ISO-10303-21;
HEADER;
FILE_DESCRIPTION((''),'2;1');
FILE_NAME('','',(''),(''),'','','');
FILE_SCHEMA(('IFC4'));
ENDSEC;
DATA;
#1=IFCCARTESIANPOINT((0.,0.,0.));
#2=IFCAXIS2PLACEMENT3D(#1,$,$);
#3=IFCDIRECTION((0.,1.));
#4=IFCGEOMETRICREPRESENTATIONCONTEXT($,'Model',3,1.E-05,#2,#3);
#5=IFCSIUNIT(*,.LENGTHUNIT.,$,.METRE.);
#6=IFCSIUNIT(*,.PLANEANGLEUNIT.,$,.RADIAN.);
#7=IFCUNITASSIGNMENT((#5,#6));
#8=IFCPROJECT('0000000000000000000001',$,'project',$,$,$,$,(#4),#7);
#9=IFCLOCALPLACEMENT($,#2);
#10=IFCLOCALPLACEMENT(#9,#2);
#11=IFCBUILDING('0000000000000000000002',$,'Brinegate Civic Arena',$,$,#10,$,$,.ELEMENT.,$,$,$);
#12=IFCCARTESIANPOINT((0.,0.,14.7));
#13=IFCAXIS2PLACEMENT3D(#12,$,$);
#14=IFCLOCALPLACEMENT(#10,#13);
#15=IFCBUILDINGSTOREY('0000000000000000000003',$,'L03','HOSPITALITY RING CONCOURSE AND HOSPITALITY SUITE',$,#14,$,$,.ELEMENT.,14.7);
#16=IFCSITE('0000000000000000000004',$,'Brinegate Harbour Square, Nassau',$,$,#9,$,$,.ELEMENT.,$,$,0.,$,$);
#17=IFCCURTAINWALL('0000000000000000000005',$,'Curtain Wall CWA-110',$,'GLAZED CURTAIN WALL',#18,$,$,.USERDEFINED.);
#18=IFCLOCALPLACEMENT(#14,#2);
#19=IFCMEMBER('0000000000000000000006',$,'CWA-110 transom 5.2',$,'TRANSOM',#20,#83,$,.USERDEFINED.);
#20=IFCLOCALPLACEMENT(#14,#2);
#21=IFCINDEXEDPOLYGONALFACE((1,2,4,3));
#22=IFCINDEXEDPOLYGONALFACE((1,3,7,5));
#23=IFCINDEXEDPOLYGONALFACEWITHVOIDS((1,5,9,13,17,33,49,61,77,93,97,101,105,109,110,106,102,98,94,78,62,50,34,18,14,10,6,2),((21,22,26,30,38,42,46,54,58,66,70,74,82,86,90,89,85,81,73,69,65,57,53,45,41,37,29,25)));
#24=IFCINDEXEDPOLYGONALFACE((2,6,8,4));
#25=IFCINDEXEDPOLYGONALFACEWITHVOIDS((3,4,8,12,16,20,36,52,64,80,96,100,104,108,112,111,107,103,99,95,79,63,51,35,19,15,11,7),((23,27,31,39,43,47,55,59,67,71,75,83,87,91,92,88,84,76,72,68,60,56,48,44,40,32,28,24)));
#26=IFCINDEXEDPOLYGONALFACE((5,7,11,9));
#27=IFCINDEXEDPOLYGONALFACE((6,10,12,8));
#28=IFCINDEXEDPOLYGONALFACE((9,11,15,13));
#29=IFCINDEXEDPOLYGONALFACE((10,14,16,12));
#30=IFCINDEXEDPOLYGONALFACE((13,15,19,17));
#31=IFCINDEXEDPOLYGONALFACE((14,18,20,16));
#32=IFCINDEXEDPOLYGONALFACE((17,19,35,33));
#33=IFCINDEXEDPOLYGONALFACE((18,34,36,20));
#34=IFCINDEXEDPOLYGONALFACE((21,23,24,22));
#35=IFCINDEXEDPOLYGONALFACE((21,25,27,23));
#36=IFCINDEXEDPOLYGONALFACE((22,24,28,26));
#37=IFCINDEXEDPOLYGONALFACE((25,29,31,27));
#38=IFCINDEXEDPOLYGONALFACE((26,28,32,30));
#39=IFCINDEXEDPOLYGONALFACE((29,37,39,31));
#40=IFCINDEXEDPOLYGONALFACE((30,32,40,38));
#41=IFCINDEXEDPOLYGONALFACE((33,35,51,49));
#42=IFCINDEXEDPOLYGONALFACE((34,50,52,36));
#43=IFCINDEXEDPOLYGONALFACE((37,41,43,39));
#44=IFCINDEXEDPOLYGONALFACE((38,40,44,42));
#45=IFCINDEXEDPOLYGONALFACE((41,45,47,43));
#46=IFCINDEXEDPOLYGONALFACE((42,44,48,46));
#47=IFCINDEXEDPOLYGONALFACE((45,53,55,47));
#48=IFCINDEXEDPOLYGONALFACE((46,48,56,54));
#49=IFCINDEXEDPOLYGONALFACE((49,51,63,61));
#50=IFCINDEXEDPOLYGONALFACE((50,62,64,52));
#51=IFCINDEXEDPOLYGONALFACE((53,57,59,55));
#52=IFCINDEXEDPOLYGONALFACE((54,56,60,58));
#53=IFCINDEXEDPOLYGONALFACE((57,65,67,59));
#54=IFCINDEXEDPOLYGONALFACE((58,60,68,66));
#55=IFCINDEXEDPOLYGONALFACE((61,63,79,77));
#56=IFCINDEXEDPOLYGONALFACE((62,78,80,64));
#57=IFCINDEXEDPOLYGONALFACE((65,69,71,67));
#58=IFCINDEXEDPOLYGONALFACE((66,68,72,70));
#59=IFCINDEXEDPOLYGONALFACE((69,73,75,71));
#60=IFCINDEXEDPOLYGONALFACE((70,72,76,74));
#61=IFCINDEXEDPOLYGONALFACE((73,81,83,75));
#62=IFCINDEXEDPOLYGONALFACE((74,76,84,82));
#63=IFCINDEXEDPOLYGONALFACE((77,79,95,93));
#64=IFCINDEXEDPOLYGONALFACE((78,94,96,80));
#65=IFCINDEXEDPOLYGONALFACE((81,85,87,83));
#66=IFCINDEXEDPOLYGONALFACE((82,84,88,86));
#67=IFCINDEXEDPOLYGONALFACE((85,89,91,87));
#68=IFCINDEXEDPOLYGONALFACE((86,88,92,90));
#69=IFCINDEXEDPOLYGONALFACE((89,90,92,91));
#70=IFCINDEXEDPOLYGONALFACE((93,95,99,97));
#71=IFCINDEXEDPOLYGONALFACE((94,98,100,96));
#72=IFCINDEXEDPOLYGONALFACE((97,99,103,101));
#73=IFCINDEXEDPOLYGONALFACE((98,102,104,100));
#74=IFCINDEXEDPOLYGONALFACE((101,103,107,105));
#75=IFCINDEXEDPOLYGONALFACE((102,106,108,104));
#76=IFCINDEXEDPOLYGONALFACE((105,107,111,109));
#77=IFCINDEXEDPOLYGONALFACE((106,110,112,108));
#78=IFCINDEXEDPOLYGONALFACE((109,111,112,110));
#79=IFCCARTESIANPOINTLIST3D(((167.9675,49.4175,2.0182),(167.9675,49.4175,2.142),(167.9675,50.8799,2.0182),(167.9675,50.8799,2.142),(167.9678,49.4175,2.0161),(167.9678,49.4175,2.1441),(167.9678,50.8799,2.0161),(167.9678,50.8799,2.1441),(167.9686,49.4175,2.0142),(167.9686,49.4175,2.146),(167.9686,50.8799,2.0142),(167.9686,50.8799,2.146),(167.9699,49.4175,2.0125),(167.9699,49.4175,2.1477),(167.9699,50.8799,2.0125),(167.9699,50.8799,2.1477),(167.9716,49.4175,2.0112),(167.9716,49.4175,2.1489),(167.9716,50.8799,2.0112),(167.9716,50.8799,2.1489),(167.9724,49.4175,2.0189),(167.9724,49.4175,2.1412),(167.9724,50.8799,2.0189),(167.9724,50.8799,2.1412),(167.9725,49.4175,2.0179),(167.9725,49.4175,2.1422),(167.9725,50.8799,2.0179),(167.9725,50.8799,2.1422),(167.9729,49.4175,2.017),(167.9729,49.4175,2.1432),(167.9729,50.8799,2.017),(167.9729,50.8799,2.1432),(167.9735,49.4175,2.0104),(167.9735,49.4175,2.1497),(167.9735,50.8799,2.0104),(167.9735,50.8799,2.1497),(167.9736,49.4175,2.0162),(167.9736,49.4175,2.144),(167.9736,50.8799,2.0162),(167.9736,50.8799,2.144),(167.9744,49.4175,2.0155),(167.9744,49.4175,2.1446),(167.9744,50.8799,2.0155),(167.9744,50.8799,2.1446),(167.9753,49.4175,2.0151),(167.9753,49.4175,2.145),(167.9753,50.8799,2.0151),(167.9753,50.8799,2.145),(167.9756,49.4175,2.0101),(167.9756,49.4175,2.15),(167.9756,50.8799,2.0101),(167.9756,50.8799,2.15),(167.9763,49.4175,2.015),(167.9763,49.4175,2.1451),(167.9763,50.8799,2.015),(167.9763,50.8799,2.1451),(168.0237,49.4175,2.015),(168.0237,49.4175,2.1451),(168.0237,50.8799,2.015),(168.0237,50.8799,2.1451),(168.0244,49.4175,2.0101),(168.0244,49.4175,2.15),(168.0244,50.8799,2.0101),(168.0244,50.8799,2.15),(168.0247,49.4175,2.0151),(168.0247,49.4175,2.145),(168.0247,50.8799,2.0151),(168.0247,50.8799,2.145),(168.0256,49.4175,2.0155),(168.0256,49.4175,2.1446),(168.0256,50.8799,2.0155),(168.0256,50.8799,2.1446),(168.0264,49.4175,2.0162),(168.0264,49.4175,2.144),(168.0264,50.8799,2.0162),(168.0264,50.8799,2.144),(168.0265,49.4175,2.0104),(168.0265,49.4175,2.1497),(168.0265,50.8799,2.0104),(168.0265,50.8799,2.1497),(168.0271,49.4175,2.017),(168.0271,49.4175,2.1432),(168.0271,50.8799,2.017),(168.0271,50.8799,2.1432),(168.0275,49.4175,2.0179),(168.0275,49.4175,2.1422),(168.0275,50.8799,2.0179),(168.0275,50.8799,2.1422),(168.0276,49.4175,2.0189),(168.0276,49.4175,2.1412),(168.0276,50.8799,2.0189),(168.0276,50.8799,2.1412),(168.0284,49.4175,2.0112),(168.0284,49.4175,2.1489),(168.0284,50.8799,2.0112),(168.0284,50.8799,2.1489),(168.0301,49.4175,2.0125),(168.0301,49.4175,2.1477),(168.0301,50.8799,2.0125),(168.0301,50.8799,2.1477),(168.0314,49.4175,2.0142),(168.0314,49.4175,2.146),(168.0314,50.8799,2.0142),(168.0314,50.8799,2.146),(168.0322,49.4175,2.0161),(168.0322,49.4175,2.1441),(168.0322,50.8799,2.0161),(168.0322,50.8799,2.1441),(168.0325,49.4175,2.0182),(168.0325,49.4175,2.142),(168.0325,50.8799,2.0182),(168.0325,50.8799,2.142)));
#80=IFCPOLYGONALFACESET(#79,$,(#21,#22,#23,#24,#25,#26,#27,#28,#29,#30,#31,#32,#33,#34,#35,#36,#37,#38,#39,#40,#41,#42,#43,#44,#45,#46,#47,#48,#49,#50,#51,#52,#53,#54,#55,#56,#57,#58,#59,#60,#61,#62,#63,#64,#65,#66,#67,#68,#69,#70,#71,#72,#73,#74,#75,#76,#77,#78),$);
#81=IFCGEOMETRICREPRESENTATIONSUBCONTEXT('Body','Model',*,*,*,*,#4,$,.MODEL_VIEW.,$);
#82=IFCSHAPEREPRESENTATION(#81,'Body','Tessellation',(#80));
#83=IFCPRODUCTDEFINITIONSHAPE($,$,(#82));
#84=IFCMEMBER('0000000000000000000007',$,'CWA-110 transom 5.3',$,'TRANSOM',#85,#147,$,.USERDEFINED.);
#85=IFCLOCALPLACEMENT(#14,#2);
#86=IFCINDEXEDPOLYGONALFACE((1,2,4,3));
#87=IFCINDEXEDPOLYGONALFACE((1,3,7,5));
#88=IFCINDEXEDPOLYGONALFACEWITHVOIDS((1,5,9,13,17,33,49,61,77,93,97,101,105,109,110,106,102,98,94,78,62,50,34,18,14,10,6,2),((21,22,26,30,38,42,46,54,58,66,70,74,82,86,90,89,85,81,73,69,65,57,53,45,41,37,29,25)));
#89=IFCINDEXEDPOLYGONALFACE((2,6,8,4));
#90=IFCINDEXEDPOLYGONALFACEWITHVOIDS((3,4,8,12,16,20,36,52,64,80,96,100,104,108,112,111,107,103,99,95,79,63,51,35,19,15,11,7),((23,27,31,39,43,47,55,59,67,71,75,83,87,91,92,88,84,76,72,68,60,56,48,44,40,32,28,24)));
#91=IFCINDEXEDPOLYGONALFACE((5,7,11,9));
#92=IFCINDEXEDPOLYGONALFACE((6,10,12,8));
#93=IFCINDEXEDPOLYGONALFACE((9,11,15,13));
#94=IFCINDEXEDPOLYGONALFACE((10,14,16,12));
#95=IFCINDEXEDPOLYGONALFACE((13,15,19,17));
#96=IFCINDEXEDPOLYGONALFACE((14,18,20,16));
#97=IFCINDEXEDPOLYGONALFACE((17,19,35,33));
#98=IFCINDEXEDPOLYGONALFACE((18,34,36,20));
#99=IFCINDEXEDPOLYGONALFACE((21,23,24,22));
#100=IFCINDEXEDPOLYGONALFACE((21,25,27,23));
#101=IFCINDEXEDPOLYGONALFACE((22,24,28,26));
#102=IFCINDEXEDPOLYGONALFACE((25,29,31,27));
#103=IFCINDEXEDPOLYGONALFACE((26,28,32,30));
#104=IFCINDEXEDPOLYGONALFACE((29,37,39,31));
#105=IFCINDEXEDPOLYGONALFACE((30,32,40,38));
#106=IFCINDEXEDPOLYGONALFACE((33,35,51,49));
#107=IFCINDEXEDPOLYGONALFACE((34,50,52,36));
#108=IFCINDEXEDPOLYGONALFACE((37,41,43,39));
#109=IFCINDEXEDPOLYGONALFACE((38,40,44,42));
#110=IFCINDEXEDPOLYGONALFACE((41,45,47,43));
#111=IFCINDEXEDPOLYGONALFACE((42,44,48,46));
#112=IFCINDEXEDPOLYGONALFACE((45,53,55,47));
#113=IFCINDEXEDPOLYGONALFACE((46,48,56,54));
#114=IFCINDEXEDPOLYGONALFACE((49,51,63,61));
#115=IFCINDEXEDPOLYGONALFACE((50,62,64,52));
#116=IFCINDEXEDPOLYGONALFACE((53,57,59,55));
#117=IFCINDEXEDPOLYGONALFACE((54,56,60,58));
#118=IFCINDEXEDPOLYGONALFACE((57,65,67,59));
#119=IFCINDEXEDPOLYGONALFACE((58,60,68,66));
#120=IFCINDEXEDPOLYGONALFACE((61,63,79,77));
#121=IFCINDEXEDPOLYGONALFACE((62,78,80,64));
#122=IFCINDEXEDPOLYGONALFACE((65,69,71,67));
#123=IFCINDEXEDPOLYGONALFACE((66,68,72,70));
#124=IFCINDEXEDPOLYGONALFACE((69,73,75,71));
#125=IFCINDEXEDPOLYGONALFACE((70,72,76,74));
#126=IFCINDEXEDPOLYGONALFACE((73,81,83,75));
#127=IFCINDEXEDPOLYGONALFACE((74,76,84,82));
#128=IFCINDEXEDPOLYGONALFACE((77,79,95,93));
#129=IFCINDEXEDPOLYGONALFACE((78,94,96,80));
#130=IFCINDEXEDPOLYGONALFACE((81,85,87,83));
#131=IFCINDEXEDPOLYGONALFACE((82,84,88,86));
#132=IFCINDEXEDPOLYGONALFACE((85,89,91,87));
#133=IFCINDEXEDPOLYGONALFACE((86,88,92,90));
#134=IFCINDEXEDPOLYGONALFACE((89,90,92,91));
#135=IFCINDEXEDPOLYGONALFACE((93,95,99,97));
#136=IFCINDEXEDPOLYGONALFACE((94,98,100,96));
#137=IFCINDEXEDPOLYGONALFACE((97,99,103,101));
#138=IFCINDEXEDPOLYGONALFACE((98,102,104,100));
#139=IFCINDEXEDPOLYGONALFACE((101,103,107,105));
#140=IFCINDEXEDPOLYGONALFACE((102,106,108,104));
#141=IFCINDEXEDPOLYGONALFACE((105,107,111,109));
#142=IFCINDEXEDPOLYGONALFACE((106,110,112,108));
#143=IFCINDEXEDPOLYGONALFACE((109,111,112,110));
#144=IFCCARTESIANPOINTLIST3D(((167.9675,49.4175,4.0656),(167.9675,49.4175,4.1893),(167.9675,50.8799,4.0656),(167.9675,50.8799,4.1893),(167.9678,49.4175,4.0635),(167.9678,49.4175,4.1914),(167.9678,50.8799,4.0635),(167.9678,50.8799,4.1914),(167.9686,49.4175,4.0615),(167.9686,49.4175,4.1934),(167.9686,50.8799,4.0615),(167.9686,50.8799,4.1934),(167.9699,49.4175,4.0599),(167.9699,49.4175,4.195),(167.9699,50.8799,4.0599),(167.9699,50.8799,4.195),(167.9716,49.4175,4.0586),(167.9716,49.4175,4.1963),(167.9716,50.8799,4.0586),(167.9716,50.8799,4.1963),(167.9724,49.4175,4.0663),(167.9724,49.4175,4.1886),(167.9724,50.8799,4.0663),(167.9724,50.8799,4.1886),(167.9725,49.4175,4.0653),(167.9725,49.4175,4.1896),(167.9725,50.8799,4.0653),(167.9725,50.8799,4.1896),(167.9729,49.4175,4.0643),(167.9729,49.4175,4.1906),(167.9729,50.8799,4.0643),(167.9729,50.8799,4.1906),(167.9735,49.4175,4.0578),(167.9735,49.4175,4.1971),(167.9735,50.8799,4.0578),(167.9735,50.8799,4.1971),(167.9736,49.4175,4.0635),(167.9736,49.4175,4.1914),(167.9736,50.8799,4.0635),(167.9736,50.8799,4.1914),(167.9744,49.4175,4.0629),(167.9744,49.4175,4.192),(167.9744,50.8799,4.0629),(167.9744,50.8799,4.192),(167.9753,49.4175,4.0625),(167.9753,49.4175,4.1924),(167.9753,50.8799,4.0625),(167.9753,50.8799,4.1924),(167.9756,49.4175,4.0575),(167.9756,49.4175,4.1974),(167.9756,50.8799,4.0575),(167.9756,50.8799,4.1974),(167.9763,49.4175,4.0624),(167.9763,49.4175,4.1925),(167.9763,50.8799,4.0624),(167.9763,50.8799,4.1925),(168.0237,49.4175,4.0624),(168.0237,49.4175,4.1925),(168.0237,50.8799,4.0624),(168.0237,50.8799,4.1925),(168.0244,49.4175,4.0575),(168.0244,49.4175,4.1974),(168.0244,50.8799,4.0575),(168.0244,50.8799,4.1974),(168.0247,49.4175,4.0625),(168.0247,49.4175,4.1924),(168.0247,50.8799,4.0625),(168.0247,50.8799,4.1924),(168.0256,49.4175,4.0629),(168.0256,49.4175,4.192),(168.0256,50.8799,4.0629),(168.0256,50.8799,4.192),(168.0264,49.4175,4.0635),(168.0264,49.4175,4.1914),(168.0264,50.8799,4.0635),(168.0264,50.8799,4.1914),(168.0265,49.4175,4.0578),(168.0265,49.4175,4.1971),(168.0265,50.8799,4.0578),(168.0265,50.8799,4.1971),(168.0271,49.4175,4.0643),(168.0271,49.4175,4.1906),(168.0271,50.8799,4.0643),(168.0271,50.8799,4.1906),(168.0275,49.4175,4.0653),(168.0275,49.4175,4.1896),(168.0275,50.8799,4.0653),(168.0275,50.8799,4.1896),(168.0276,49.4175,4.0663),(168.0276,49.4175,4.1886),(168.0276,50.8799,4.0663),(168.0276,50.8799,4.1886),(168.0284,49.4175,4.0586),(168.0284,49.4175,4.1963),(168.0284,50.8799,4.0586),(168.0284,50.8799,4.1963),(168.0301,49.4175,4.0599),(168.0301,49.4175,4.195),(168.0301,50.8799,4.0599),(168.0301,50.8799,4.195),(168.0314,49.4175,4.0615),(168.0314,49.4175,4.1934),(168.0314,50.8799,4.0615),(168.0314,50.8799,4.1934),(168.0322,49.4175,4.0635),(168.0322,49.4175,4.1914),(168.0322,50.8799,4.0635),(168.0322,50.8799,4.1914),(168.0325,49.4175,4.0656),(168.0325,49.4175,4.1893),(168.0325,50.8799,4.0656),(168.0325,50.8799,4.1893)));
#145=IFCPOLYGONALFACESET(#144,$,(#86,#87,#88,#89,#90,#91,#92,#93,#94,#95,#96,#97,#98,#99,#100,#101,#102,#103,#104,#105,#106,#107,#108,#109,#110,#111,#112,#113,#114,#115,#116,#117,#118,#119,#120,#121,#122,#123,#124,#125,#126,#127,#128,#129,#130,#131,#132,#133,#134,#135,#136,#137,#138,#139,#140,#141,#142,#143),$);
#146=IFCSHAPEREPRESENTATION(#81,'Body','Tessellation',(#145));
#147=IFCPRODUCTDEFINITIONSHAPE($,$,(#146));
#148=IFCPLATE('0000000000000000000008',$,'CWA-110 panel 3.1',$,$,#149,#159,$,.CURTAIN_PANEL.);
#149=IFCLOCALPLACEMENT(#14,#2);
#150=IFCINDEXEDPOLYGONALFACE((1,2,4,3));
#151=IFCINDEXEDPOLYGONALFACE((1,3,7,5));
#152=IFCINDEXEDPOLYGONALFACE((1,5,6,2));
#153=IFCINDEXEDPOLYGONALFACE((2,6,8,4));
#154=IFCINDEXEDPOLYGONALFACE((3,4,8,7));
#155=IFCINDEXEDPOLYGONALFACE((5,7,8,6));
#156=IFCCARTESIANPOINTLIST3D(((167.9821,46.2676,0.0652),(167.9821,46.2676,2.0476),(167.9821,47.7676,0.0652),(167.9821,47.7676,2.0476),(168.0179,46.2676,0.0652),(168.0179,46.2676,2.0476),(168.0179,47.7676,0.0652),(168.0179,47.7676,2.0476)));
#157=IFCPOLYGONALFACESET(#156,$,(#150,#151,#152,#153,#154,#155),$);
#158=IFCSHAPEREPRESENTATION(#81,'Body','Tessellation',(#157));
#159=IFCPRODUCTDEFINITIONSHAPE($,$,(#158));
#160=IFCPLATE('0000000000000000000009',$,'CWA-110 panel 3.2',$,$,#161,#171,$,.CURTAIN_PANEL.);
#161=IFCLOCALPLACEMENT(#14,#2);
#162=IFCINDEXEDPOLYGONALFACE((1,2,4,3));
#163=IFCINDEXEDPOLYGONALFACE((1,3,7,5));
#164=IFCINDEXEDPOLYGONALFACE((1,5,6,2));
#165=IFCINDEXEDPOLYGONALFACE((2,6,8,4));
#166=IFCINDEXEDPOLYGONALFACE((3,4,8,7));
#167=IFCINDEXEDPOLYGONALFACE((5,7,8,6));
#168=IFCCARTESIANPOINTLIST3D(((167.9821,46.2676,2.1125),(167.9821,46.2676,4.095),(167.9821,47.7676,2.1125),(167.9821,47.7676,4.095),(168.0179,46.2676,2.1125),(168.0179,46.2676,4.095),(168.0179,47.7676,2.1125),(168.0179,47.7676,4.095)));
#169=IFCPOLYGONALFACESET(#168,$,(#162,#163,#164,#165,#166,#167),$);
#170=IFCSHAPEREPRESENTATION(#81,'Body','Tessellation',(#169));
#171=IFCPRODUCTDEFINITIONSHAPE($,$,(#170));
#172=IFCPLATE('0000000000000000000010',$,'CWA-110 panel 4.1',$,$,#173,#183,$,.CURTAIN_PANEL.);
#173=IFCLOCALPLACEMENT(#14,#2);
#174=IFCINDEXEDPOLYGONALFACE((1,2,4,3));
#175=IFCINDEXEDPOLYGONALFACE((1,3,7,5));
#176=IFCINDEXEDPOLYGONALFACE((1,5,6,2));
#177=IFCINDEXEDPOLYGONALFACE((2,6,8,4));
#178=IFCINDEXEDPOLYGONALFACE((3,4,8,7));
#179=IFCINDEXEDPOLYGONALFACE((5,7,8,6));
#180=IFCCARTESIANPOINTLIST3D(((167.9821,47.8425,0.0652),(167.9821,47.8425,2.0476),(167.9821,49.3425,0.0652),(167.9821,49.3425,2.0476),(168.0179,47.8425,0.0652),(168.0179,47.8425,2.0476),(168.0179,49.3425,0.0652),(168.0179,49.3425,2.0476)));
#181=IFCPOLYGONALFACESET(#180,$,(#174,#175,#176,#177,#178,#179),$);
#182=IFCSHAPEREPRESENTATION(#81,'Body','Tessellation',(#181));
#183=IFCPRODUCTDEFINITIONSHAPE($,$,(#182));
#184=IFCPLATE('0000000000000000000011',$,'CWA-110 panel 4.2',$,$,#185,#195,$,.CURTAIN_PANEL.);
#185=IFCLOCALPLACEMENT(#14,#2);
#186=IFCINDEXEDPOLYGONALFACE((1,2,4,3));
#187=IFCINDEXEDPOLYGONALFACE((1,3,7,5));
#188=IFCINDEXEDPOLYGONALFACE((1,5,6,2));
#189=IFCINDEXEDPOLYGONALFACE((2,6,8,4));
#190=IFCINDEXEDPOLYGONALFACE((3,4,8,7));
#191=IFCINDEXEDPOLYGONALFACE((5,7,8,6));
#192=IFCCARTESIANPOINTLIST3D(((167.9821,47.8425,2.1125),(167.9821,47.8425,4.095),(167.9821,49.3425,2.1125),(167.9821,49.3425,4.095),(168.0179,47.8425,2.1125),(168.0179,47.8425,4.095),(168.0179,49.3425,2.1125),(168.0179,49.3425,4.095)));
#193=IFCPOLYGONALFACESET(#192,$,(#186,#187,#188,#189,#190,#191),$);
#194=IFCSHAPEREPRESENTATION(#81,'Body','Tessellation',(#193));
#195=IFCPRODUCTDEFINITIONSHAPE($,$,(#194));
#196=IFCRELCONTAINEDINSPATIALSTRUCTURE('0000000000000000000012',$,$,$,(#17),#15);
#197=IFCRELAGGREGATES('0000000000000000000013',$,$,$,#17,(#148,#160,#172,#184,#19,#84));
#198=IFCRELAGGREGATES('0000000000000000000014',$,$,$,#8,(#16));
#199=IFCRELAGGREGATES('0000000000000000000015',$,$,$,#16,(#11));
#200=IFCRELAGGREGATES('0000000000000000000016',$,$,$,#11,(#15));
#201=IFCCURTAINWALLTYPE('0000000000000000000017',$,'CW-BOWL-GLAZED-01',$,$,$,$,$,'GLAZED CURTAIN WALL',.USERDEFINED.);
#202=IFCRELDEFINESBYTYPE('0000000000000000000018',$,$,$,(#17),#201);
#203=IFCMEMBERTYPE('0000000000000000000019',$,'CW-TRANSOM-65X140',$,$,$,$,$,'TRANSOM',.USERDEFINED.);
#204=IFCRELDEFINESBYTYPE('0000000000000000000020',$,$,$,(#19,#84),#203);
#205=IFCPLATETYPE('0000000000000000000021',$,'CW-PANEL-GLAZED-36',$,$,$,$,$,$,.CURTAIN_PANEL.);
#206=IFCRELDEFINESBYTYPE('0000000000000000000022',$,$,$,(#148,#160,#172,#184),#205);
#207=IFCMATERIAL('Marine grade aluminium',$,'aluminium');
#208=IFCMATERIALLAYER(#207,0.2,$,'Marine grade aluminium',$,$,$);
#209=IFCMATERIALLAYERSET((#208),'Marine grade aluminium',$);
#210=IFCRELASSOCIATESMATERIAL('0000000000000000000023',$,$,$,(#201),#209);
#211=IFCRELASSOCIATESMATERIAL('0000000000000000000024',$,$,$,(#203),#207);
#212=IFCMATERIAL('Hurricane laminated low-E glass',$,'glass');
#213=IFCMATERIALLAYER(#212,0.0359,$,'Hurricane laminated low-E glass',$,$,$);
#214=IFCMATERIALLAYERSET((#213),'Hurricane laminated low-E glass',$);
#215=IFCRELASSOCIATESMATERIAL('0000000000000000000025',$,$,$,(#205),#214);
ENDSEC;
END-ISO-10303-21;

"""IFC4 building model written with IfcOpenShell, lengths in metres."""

from ifc_helpers import new_model, si_unit, direction, frame, origin, origin_2d, place, context, subcontext, project, spatial, rectangle, hollow_rectangle, extrude, material, layer, layer_set, material_profile, profile_set, type_object, element, aggregate, save


model = new_model("IFC4")

# Units and contexts
model_context = context("Model", 3, precision=1e-05, world=origin(), true_north=direction((0.0, 1.0)))
body_context = subcontext(model_context, "Body", "Model", "MODEL_VIEW")
ifc_project = project(units=[si_unit("LENGTHUNIT", "METRE"), si_unit("PLANEANGLEUNIT", "RADIAN")], contexts=[model_context])

# Site, building, storey
site_placement = place(None, origin())
site = spatial("IfcSite", under=ifc_project, at=site_placement, Name="Brinegate Harbour Square, Nassau", CompositionType="ELEMENT", RefElevation=0.0)
building_placement = place(site_placement, origin())
building = spatial("IfcBuilding", under=site, at=building_placement, Name="Brinegate Civic Arena", CompositionType="ELEMENT")
storey_placement = place(building_placement, frame((0.0, 0.0, 14.7)))
storey = spatial("IfcBuildingStorey", under=building, at=storey_placement, Name="L03", Description="HOSPITALITY RING CONCOURSE AND HOSPITALITY SUITE", CompositionType="ELEMENT", Elevation=14.7)

# Curtain wall, members, plates
ifc_material_1 = material(Name="Marine grade aluminium", Category="aluminium")
ifc_layer_1 = layer(ifc_material_1, 0.2, Name="Marine grade aluminium")
ifc_layer_set_1 = layer_set([ifc_layer_1], Name="Marine grade aluminium")
curtain_wall_type = type_object("IfcCurtainWallType", Name="CW-BOWL-GLAZED-01", ElementType="GLAZED CURTAIN WALL", PredefinedType="USERDEFINED", material=ifc_layer_set_1)
curtain_wall_placement = place(storey_placement, origin())
curtain_wall = element("IfcCurtainWall", 1, at=curtain_wall_placement, inside=storey, type_object=curtain_wall_type, Name="Curtain Wall CWA-110", ObjectType="GLAZED CURTAIN WALL", PredefinedType="USERDEFINED")
ifc_material_profile_1 = material_profile(ifc_material_1, hollow_rectangle(XDim=0.0649, YDim=0.1399, WallThickness=0.0049, InnerFilletRadius=0.0039, OuterFilletRadius=0.0081, at=origin_2d()), Name="TRN65X140")
ifc_profile_set_1 = profile_set([ifc_material_profile_1], Name="Marine grade aluminium")
member_type_1 = type_object("IfcMemberType", Name="CW-TRANSOM-65X140", ElementType="TRANSOM", PredefinedType="USERDEFINED", material=ifc_profile_set_1)
member_1_placement = place(storey_placement, frame((168.0, 49.4175, 2.0801), z_axis=(0.0, 1.0, 0.0), x_axis=(-1.0, 0.0, 0.0)))
member_1 = element("IfcMember", 2, at=member_1_placement, type_object=member_type_1, Name="CWA-110 transom 5.2", ObjectType="TRANSOM", PredefinedType="USERDEFINED", context=body_context, shape_type="SweptSolid", body=[
    extrude(hollow_rectangle(XDim=0.0649, YDim=0.1399, WallThickness=0.0049, InnerFilletRadius=0.0039, OuterFilletRadius=0.0081, at=origin_2d()), origin(), (0.0, 0.0, 1.0), 1.4624),
])
member_2_placement = place(storey_placement, frame((168.0, 49.4175, 4.1274), z_axis=(0.0, 1.0, 0.0), x_axis=(-1.0, 0.0, 0.0)))
member_2 = element("IfcMember", 3, at=member_2_placement, type_object=member_type_1, Name="CWA-110 transom 5.3", ObjectType="TRANSOM", PredefinedType="USERDEFINED", context=body_context, shape_type="SweptSolid", body=[
    extrude(hollow_rectangle(XDim=0.0649, YDim=0.1399, WallThickness=0.0049, InnerFilletRadius=0.0039, OuterFilletRadius=0.0081, at=origin_2d()), origin(), (0.0, 0.0, 1.0), 1.4624),
])
ifc_material_2 = material(Name="Hurricane laminated low-E glass", Category="glass")
ifc_layer_2 = layer(ifc_material_2, 0.0359, Name="Hurricane laminated low-E glass")
ifc_layer_set_2 = layer_set([ifc_layer_2], Name="Hurricane laminated low-E glass")
plate_type = type_object("IfcPlateType", Name="CW-PANEL-GLAZED-36", PredefinedType="CURTAIN_PANEL", material=ifc_layer_set_2)
plate_1_placement = place(storey_placement, frame((168.0, 47.0176, 0.0652), z_axis=(0.0, 0.0, 1.0), x_axis=(0.0, 1.0, 0.0)))
plate_1 = element("IfcPlate", 4, at=plate_1_placement, type_object=plate_type, Name="CWA-110 panel 3.1", PredefinedType="CURTAIN_PANEL", context=body_context, shape_type="SweptSolid", body=[
    extrude(rectangle(XDim=1.5, YDim=0.0359, at=origin_2d()), origin(), (0.0, 0.0, 1.0), 1.9824),
])
plate_2_placement = place(storey_placement, frame((168.0, 47.0176, 2.1125), z_axis=(0.0, 0.0, 1.0), x_axis=(0.0, 1.0, 0.0)))
plate_2 = element("IfcPlate", 5, at=plate_2_placement, type_object=plate_type, Name="CWA-110 panel 3.2", PredefinedType="CURTAIN_PANEL", context=body_context, shape_type="SweptSolid", body=[
    extrude(rectangle(XDim=1.5, YDim=0.0359, at=origin_2d()), origin(), (0.0, 0.0, 1.0), 1.9824),
])
plate_3_placement = place(storey_placement, frame((168.0, 48.5925, 0.0652), z_axis=(0.0, 0.0, 1.0), x_axis=(0.0, 1.0, 0.0)))
plate_3 = element("IfcPlate", 6, at=plate_3_placement, type_object=plate_type, Name="CWA-110 panel 4.1", PredefinedType="CURTAIN_PANEL", context=body_context, shape_type="SweptSolid", body=[
    extrude(rectangle(XDim=1.5, YDim=0.0359, at=origin_2d()), origin(), (0.0, 0.0, 1.0), 1.9824),
])
plate_4_placement = place(storey_placement, frame((168.0, 48.5925, 2.1125), z_axis=(0.0, 0.0, 1.0), x_axis=(0.0, 1.0, 0.0)))
plate_4 = element("IfcPlate", 7, at=plate_4_placement, type_object=plate_type, Name="CWA-110 panel 4.2", PredefinedType="CURTAIN_PANEL", context=body_context, shape_type="SweptSolid", body=[
    extrude(rectangle(XDim=1.5, YDim=0.0359, at=origin_2d()), origin(), (0.0, 0.0, 1.0), 1.9824),
])
aggregate(curtain_wall, [plate_1, plate_2, plate_3, plate_4, member_1, member_2])

save(model, "model.ifc")
